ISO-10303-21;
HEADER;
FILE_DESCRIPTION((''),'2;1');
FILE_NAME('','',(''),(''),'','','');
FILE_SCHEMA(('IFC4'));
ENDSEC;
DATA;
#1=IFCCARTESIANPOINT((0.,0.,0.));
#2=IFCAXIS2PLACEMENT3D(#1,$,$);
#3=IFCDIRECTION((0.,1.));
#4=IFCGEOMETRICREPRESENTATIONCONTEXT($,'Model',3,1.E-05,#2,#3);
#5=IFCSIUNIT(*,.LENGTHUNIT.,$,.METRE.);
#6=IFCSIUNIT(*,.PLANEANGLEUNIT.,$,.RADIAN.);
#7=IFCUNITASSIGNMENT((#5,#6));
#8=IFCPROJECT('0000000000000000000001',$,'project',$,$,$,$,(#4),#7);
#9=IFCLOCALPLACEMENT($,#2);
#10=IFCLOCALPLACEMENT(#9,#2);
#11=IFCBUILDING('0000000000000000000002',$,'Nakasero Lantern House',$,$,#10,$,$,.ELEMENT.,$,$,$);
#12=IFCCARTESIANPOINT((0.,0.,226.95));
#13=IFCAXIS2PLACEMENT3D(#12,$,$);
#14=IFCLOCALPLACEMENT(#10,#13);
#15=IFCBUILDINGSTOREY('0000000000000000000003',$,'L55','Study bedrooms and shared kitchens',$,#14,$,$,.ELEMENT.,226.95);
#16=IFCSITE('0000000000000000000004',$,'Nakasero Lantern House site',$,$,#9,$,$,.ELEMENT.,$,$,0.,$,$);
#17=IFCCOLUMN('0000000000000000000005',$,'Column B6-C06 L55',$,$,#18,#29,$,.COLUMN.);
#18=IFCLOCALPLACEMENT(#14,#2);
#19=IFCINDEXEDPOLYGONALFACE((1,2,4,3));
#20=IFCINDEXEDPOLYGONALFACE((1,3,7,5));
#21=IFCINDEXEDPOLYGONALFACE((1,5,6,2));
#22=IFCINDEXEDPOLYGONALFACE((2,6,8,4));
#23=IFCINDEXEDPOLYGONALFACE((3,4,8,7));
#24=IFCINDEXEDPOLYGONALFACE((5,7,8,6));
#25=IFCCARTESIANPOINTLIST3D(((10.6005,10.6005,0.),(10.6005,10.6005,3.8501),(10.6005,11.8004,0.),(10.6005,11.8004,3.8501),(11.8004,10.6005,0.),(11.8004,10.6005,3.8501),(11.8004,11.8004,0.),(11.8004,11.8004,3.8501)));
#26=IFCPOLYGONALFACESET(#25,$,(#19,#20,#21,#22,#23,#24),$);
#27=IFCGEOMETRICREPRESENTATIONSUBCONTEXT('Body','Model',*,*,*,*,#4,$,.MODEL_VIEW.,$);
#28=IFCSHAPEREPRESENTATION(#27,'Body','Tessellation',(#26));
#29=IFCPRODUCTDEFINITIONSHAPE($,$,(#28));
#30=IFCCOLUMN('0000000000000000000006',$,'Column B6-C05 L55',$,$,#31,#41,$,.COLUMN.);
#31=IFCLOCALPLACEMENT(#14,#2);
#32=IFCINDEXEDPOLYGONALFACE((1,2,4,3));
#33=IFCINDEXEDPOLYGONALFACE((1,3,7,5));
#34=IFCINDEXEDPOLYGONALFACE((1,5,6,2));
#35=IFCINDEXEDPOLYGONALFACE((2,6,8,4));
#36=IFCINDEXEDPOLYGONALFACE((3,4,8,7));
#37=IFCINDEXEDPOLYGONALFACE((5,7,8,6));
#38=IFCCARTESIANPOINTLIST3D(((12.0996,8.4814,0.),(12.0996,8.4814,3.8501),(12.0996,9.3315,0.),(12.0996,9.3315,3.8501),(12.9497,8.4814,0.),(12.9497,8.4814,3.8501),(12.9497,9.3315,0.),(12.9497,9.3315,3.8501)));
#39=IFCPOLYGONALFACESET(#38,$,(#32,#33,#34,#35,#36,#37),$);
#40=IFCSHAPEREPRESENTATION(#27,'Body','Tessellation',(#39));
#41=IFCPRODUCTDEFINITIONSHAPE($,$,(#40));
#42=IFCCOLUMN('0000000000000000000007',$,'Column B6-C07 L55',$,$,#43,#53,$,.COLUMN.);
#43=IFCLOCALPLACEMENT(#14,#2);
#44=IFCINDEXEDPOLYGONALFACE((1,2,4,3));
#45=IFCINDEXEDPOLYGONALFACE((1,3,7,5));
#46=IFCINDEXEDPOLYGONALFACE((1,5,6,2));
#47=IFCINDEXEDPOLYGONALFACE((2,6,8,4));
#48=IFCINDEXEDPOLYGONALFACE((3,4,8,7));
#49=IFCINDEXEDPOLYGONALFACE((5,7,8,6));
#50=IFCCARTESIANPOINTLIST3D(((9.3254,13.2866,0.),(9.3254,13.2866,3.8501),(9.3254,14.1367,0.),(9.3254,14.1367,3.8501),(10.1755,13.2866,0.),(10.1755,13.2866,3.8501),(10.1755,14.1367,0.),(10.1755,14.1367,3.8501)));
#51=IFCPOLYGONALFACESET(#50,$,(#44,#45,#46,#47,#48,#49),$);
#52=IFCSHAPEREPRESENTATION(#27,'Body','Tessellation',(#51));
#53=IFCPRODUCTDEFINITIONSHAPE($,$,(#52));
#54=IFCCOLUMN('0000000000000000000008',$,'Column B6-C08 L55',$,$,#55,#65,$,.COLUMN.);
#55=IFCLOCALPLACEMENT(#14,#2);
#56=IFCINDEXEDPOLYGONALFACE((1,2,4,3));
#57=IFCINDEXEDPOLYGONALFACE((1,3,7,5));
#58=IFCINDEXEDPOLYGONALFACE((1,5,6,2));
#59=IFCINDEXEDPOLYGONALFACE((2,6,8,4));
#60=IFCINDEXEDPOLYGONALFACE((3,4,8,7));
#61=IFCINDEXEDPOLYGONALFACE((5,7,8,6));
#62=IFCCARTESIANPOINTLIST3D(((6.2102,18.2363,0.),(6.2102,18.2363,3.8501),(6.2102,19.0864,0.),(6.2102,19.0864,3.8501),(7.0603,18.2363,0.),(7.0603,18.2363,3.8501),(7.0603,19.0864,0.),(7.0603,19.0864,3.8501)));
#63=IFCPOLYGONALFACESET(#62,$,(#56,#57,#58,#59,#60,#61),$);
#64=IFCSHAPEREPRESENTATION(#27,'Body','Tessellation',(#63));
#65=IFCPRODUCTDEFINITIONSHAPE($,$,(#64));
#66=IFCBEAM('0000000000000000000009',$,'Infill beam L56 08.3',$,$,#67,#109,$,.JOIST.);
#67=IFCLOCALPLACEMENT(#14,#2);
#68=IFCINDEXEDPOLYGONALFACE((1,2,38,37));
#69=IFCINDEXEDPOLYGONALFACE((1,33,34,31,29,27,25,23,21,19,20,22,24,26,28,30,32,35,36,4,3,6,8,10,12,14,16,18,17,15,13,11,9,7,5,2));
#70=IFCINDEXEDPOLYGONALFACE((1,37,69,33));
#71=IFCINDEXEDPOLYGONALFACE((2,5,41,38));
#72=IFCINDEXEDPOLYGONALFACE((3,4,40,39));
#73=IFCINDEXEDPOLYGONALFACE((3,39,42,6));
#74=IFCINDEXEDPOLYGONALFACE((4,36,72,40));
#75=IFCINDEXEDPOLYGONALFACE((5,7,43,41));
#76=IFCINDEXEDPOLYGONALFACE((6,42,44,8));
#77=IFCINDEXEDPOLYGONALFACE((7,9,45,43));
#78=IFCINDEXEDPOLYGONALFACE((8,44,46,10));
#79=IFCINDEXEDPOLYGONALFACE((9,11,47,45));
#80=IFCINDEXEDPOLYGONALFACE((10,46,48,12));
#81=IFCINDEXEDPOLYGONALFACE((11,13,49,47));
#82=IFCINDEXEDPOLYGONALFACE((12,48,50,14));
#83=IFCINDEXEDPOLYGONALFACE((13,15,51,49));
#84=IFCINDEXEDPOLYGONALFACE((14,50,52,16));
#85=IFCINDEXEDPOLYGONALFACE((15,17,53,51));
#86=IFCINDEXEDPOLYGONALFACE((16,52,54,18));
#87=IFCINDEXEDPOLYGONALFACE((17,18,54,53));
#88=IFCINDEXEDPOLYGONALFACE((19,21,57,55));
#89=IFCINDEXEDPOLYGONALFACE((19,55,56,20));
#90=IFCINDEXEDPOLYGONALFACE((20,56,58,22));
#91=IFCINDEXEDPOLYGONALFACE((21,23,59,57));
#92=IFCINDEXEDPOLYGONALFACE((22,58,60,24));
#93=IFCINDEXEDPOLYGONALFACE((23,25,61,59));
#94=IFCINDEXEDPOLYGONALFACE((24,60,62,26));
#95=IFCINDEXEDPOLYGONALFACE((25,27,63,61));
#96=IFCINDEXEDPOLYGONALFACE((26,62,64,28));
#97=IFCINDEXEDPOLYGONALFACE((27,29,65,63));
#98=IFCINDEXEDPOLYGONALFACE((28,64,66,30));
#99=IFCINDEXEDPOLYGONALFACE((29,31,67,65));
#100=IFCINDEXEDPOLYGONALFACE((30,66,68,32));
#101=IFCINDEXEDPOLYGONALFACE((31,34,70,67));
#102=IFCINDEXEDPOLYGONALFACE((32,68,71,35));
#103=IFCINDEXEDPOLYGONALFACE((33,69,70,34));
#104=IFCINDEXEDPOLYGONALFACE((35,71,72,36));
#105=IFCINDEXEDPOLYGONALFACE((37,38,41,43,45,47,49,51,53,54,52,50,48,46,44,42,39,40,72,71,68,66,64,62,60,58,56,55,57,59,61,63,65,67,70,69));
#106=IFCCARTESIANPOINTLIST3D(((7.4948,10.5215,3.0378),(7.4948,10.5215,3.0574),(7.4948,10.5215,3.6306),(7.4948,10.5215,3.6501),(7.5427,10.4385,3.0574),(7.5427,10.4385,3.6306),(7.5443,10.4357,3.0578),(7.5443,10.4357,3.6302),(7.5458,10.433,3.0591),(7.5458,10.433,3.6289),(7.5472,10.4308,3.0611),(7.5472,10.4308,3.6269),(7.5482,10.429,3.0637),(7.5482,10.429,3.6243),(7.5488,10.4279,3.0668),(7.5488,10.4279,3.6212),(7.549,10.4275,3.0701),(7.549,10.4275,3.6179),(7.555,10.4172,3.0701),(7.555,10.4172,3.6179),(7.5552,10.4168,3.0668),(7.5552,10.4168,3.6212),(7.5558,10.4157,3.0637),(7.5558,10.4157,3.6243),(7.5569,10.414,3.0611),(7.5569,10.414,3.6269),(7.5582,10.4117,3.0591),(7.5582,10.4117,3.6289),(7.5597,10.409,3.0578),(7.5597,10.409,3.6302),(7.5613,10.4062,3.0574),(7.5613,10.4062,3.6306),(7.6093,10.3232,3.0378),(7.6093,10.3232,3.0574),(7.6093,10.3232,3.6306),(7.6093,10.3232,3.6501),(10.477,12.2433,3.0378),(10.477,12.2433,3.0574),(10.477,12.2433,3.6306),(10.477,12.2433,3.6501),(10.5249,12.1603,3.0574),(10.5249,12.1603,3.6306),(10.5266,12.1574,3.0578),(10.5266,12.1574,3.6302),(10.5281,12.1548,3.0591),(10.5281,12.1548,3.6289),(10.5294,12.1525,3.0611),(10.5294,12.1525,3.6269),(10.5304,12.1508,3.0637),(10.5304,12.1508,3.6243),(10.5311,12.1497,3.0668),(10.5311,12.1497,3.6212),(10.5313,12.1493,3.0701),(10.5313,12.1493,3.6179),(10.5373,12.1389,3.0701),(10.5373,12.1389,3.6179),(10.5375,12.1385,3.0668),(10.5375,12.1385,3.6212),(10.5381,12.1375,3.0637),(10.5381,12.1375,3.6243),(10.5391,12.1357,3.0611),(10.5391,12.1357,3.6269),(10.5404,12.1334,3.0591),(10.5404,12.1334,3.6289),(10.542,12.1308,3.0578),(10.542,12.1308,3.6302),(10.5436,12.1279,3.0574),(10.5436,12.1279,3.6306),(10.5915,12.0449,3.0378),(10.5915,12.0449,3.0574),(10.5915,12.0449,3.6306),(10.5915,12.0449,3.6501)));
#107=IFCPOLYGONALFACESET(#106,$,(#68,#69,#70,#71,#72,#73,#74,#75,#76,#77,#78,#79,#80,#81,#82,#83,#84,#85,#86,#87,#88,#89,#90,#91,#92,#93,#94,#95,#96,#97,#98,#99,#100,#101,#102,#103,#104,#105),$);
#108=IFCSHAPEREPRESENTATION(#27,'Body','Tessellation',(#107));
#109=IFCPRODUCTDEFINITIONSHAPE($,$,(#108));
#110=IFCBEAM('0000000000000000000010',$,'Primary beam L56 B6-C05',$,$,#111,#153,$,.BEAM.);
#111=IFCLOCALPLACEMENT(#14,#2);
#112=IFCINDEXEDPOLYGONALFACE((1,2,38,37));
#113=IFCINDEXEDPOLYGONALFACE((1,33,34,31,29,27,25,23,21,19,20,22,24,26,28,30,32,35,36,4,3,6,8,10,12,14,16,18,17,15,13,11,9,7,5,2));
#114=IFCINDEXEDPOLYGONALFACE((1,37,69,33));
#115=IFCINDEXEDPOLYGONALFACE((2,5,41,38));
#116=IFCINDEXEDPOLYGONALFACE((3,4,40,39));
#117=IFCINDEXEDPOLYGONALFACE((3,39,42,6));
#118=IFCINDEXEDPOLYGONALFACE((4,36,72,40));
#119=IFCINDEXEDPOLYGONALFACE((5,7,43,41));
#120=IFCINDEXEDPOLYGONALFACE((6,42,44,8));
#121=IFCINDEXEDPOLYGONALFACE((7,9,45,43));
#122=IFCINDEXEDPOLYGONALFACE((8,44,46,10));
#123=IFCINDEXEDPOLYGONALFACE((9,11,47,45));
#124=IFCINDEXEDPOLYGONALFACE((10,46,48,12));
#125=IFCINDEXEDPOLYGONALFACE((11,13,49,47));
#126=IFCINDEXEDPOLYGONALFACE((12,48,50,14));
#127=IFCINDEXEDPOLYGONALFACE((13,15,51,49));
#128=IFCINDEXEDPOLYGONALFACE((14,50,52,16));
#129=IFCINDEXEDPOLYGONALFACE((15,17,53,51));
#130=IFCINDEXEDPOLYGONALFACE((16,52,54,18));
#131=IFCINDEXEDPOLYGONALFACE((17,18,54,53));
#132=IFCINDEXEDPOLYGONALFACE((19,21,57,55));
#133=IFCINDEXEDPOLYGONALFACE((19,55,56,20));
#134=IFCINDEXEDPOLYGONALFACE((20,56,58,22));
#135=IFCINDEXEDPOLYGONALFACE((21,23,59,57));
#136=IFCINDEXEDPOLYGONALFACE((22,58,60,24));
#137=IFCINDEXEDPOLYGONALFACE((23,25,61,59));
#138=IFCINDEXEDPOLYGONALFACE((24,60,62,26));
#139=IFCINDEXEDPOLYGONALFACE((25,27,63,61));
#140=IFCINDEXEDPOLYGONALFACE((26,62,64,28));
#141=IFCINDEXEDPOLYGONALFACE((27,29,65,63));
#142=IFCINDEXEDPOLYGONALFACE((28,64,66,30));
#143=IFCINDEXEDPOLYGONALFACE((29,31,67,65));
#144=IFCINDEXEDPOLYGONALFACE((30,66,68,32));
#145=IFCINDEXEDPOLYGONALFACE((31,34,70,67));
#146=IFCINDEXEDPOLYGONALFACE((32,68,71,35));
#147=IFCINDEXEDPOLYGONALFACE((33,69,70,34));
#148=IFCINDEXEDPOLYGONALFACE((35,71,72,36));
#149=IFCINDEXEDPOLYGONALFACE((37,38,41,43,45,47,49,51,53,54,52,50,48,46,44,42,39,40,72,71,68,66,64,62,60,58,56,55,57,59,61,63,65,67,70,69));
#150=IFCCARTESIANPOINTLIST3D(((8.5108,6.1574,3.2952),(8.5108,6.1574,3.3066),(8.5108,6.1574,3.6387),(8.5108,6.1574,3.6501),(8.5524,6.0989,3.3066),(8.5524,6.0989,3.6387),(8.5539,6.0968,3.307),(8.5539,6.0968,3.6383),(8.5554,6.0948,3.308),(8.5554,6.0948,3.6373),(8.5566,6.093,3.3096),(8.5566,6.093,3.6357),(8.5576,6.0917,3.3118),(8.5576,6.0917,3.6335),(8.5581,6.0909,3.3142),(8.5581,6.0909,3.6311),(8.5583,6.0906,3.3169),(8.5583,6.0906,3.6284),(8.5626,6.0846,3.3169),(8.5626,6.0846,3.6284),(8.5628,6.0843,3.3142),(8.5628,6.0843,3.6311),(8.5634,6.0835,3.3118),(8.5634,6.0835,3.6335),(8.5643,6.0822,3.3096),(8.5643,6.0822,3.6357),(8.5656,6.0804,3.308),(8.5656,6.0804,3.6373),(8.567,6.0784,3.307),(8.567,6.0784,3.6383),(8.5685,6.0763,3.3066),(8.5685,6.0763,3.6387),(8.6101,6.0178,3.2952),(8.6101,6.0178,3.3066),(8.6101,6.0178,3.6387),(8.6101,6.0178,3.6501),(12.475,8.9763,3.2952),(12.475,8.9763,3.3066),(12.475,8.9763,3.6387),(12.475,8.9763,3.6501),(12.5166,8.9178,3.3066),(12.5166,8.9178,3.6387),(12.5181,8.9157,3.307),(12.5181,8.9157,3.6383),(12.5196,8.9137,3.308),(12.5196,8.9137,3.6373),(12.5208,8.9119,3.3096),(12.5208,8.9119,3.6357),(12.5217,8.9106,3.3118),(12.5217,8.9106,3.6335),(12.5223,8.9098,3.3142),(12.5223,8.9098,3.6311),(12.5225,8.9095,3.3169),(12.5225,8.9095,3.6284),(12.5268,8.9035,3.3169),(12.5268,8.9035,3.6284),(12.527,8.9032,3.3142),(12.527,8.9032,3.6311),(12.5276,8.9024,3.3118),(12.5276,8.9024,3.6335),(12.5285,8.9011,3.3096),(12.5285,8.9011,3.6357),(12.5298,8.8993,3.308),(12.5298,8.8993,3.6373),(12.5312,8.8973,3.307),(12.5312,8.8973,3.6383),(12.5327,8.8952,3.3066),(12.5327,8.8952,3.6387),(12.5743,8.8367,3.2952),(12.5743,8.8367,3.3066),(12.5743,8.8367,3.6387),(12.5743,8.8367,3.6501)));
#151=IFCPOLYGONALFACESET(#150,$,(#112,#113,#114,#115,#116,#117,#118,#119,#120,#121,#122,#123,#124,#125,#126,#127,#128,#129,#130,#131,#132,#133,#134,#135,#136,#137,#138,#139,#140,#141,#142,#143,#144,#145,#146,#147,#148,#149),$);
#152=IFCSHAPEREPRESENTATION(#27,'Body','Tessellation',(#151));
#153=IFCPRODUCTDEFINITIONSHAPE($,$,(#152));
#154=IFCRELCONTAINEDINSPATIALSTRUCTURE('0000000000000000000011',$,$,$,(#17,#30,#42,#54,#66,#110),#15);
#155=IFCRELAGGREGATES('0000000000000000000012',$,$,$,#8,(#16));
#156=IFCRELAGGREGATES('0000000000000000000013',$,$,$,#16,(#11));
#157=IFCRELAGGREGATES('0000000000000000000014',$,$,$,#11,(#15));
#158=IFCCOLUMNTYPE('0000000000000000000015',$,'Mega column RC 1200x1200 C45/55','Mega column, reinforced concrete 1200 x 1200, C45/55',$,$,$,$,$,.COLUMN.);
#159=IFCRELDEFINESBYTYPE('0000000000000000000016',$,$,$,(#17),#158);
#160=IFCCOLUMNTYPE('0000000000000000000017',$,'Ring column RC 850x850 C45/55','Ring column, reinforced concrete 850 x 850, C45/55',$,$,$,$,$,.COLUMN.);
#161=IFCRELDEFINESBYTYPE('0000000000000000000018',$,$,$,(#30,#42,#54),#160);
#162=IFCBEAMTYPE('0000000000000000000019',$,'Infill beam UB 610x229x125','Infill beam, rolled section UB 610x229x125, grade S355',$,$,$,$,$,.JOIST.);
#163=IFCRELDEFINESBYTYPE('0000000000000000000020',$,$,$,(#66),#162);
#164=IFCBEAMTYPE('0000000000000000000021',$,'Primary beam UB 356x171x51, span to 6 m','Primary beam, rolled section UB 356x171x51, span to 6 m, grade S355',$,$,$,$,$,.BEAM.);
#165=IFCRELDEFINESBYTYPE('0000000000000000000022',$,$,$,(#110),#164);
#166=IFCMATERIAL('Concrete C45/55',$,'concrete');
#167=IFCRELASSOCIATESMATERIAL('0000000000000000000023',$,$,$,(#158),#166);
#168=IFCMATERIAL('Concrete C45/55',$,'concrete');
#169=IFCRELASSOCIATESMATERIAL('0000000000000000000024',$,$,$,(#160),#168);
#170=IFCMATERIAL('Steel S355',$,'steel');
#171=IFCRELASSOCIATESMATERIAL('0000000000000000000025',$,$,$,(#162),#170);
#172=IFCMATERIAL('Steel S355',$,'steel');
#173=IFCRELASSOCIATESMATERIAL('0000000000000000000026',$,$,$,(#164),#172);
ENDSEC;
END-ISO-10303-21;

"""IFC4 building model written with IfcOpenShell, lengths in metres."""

from ifc_helpers import new_model, si_unit, direction, frame, origin, origin_2d, place, context, subcontext, project, spatial, rectangle, i_section, extrude, material, material_profile, profile_set, type_object, element, save


model = new_model("IFC4")

# Units and contexts
model_context = context("Model", 3, precision=1e-05, world=origin(), true_north=direction((0.0, 1.0)))
body_context = subcontext(model_context, "Body", "Model", "MODEL_VIEW")
ifc_project = project(units=[si_unit("LENGTHUNIT", "METRE"), si_unit("PLANEANGLEUNIT", "RADIAN")], contexts=[model_context])

# Site, building, storey
site_placement = place(None, origin())
site = spatial("IfcSite", under=ifc_project, at=site_placement, Name="Nakasero Lantern House site", CompositionType="ELEMENT", RefElevation=0.0)
building_placement = place(site_placement, origin())
building = spatial("IfcBuilding", under=site, at=building_placement, Name="Nakasero Lantern House", CompositionType="ELEMENT")
storey_placement = place(building_placement, frame((0.0, 0.0, 226.95)))
storey = spatial("IfcBuildingStorey", under=building, at=storey_placement, Name="L55", Description="Study bedrooms and shared kitchens", CompositionType="ELEMENT", Elevation=226.95)

# Columns
ifc_material_1 = material(Name="Concrete C45/55", Category="concrete")
ifc_material_profile_1 = material_profile(ifc_material_1, rectangle(XDim=1.2, YDim=1.2, at=origin_2d()), Name="RC 1200x1200")
ifc_profile_set_1 = profile_set([ifc_material_profile_1], Name="Concrete C45/55")
column_type_1 = type_object("IfcColumnType", Name="Mega column RC 1200x1200 C45/55", Description="Mega column, reinforced concrete 1200 x 1200, C45/55", PredefinedType="COLUMN", material=ifc_profile_set_1)
column_placement = place(storey_placement, frame((11.2004, 11.2004, 0.0), z_axis=(0.0, 0.0, 1.0), x_axis=(1.0, 0.0, 0.0)))
element("IfcColumn", 1, at=column_placement, inside=storey, type_object=column_type_1, Name="Column B6-C06 L55", PredefinedType="COLUMN", context=body_context, shape_type="SweptSolid", body=[
    extrude(rectangle(XDim=1.2, YDim=1.2, at=origin_2d()), origin(), (0.0, 0.0, 1.0), 3.8501),
])
ifc_material_2 = material(Name="Concrete C45/55", Category="concrete")
ifc_material_profile_2 = material_profile(ifc_material_2, rectangle(XDim=0.8501, YDim=0.8501, at=origin_2d()), Name="RC 850x850")
ifc_profile_set_2 = profile_set([ifc_material_profile_2], Name="Concrete C45/55")
column_type_2 = type_object("IfcColumnType", Name="Ring column RC 850x850 C45/55", Description="Ring column, reinforced concrete 850 x 850, C45/55", PredefinedType="COLUMN", material=ifc_profile_set_2)
for number, where, z_axis, x_axis, name in (
    (2, (12.5247, 8.9065, 0.0), (0.0, 0.0, 1.0), (1.0, 0.0, 0.0), "Column B6-C05 L55"),
    (3, (9.7505, 13.7117, 0.0), (0.0, 0.0, 1.0), (1.0, 0.0, 0.0), "Column B6-C07 L55"),
    (4, (6.6353, 18.6614, 0.0), (0.0, 0.0, 1.0), (1.0, 0.0, 0.0), "Column B6-C08 L55"),
):
    element("IfcColumn", number, at=place(storey_placement, frame(where, z_axis=z_axis, x_axis=x_axis)), inside=storey, type_object=column_type_2, Name=name, PredefinedType="COLUMN", context=body_context, shape_type="SweptSolid", body=[
        extrude(rectangle(XDim=0.8501, YDim=0.8501, at=origin_2d()), origin(), (0.0, 0.0, 1.0), 3.8501),
    ])

# Beams
ifc_material_3 = material(Name="Steel S355", Category="steel")
ifc_material_profile_3 = material_profile(ifc_material_3, i_section(OverallWidth=0.229, OverallDepth=0.6123, WebThickness=0.012, FlangeThickness=0.0195, FilletRadius=0.0127, at=origin_2d()), Name="UB 610x229x125")
ifc_profile_set_3 = profile_set([ifc_material_profile_3], Name="Steel S355")
beam_type_1 = type_object("IfcBeamType", Name="Infill beam UB 610x229x125", Description="Infill beam, rolled section UB 610x229x125, grade S355", PredefinedType="JOIST", material=ifc_profile_set_3)
beam_1_placement = place(storey_placement, frame((7.552, 10.4224, 3.344), z_axis=(0.866036, 0.499982, 0.0), x_axis=(-0.499982, 0.866036, 0.0)))
element("IfcBeam", 5, at=beam_1_placement, inside=storey, type_object=beam_type_1, Name="Infill beam L56 08.3", PredefinedType="JOIST", context=body_context, shape_type="SweptSolid", body=[
    extrude(i_section(OverallWidth=0.229, OverallDepth=0.6123, WebThickness=0.012, FlangeThickness=0.0195, FilletRadius=0.0127, at=origin_2d()), origin(), (0.0, 0.0, 1.0), 3.4436),
])
ifc_material_4 = material(Name="Steel S355", Category="steel")
ifc_material_profile_4 = material_profile(ifc_material_4, i_section(OverallWidth=0.1714, OverallDepth=0.355, WebThickness=0.0073, FlangeThickness=0.0115, FilletRadius=0.0103, at=origin_2d()), Name="UB 356x171x51")
ifc_profile_set_4 = profile_set([ifc_material_profile_4], Name="Steel S355")
beam_type_2 = type_object("IfcBeamType", Name="Primary beam UB 356x171x51, span to 6 m", Description="Primary beam, rolled section UB 356x171x51, span to 6 m, grade S355", PredefinedType="BEAM", material=ifc_profile_set_4)
beam_2_placement = place(storey_placement, frame((12.5247, 8.9065, 3.4727), z_axis=(-0.814963, -0.579513, 0.0), x_axis=(0.579513, -0.814963, 0.0)))
element("IfcBeam", 6, at=beam_2_placement, inside=storey, type_object=beam_type_2, Name="Primary beam L56 B6-C05", PredefinedType="BEAM", context=body_context, shape_type="SweptSolid", body=[
    extrude(i_section(OverallWidth=0.1714, OverallDepth=0.355, WebThickness=0.0073, FlangeThickness=0.0115, FilletRadius=0.0103, at=origin_2d()), origin(), (0.0, 0.0, 1.0), 4.8643),
])

save(model, "model.ifc")
